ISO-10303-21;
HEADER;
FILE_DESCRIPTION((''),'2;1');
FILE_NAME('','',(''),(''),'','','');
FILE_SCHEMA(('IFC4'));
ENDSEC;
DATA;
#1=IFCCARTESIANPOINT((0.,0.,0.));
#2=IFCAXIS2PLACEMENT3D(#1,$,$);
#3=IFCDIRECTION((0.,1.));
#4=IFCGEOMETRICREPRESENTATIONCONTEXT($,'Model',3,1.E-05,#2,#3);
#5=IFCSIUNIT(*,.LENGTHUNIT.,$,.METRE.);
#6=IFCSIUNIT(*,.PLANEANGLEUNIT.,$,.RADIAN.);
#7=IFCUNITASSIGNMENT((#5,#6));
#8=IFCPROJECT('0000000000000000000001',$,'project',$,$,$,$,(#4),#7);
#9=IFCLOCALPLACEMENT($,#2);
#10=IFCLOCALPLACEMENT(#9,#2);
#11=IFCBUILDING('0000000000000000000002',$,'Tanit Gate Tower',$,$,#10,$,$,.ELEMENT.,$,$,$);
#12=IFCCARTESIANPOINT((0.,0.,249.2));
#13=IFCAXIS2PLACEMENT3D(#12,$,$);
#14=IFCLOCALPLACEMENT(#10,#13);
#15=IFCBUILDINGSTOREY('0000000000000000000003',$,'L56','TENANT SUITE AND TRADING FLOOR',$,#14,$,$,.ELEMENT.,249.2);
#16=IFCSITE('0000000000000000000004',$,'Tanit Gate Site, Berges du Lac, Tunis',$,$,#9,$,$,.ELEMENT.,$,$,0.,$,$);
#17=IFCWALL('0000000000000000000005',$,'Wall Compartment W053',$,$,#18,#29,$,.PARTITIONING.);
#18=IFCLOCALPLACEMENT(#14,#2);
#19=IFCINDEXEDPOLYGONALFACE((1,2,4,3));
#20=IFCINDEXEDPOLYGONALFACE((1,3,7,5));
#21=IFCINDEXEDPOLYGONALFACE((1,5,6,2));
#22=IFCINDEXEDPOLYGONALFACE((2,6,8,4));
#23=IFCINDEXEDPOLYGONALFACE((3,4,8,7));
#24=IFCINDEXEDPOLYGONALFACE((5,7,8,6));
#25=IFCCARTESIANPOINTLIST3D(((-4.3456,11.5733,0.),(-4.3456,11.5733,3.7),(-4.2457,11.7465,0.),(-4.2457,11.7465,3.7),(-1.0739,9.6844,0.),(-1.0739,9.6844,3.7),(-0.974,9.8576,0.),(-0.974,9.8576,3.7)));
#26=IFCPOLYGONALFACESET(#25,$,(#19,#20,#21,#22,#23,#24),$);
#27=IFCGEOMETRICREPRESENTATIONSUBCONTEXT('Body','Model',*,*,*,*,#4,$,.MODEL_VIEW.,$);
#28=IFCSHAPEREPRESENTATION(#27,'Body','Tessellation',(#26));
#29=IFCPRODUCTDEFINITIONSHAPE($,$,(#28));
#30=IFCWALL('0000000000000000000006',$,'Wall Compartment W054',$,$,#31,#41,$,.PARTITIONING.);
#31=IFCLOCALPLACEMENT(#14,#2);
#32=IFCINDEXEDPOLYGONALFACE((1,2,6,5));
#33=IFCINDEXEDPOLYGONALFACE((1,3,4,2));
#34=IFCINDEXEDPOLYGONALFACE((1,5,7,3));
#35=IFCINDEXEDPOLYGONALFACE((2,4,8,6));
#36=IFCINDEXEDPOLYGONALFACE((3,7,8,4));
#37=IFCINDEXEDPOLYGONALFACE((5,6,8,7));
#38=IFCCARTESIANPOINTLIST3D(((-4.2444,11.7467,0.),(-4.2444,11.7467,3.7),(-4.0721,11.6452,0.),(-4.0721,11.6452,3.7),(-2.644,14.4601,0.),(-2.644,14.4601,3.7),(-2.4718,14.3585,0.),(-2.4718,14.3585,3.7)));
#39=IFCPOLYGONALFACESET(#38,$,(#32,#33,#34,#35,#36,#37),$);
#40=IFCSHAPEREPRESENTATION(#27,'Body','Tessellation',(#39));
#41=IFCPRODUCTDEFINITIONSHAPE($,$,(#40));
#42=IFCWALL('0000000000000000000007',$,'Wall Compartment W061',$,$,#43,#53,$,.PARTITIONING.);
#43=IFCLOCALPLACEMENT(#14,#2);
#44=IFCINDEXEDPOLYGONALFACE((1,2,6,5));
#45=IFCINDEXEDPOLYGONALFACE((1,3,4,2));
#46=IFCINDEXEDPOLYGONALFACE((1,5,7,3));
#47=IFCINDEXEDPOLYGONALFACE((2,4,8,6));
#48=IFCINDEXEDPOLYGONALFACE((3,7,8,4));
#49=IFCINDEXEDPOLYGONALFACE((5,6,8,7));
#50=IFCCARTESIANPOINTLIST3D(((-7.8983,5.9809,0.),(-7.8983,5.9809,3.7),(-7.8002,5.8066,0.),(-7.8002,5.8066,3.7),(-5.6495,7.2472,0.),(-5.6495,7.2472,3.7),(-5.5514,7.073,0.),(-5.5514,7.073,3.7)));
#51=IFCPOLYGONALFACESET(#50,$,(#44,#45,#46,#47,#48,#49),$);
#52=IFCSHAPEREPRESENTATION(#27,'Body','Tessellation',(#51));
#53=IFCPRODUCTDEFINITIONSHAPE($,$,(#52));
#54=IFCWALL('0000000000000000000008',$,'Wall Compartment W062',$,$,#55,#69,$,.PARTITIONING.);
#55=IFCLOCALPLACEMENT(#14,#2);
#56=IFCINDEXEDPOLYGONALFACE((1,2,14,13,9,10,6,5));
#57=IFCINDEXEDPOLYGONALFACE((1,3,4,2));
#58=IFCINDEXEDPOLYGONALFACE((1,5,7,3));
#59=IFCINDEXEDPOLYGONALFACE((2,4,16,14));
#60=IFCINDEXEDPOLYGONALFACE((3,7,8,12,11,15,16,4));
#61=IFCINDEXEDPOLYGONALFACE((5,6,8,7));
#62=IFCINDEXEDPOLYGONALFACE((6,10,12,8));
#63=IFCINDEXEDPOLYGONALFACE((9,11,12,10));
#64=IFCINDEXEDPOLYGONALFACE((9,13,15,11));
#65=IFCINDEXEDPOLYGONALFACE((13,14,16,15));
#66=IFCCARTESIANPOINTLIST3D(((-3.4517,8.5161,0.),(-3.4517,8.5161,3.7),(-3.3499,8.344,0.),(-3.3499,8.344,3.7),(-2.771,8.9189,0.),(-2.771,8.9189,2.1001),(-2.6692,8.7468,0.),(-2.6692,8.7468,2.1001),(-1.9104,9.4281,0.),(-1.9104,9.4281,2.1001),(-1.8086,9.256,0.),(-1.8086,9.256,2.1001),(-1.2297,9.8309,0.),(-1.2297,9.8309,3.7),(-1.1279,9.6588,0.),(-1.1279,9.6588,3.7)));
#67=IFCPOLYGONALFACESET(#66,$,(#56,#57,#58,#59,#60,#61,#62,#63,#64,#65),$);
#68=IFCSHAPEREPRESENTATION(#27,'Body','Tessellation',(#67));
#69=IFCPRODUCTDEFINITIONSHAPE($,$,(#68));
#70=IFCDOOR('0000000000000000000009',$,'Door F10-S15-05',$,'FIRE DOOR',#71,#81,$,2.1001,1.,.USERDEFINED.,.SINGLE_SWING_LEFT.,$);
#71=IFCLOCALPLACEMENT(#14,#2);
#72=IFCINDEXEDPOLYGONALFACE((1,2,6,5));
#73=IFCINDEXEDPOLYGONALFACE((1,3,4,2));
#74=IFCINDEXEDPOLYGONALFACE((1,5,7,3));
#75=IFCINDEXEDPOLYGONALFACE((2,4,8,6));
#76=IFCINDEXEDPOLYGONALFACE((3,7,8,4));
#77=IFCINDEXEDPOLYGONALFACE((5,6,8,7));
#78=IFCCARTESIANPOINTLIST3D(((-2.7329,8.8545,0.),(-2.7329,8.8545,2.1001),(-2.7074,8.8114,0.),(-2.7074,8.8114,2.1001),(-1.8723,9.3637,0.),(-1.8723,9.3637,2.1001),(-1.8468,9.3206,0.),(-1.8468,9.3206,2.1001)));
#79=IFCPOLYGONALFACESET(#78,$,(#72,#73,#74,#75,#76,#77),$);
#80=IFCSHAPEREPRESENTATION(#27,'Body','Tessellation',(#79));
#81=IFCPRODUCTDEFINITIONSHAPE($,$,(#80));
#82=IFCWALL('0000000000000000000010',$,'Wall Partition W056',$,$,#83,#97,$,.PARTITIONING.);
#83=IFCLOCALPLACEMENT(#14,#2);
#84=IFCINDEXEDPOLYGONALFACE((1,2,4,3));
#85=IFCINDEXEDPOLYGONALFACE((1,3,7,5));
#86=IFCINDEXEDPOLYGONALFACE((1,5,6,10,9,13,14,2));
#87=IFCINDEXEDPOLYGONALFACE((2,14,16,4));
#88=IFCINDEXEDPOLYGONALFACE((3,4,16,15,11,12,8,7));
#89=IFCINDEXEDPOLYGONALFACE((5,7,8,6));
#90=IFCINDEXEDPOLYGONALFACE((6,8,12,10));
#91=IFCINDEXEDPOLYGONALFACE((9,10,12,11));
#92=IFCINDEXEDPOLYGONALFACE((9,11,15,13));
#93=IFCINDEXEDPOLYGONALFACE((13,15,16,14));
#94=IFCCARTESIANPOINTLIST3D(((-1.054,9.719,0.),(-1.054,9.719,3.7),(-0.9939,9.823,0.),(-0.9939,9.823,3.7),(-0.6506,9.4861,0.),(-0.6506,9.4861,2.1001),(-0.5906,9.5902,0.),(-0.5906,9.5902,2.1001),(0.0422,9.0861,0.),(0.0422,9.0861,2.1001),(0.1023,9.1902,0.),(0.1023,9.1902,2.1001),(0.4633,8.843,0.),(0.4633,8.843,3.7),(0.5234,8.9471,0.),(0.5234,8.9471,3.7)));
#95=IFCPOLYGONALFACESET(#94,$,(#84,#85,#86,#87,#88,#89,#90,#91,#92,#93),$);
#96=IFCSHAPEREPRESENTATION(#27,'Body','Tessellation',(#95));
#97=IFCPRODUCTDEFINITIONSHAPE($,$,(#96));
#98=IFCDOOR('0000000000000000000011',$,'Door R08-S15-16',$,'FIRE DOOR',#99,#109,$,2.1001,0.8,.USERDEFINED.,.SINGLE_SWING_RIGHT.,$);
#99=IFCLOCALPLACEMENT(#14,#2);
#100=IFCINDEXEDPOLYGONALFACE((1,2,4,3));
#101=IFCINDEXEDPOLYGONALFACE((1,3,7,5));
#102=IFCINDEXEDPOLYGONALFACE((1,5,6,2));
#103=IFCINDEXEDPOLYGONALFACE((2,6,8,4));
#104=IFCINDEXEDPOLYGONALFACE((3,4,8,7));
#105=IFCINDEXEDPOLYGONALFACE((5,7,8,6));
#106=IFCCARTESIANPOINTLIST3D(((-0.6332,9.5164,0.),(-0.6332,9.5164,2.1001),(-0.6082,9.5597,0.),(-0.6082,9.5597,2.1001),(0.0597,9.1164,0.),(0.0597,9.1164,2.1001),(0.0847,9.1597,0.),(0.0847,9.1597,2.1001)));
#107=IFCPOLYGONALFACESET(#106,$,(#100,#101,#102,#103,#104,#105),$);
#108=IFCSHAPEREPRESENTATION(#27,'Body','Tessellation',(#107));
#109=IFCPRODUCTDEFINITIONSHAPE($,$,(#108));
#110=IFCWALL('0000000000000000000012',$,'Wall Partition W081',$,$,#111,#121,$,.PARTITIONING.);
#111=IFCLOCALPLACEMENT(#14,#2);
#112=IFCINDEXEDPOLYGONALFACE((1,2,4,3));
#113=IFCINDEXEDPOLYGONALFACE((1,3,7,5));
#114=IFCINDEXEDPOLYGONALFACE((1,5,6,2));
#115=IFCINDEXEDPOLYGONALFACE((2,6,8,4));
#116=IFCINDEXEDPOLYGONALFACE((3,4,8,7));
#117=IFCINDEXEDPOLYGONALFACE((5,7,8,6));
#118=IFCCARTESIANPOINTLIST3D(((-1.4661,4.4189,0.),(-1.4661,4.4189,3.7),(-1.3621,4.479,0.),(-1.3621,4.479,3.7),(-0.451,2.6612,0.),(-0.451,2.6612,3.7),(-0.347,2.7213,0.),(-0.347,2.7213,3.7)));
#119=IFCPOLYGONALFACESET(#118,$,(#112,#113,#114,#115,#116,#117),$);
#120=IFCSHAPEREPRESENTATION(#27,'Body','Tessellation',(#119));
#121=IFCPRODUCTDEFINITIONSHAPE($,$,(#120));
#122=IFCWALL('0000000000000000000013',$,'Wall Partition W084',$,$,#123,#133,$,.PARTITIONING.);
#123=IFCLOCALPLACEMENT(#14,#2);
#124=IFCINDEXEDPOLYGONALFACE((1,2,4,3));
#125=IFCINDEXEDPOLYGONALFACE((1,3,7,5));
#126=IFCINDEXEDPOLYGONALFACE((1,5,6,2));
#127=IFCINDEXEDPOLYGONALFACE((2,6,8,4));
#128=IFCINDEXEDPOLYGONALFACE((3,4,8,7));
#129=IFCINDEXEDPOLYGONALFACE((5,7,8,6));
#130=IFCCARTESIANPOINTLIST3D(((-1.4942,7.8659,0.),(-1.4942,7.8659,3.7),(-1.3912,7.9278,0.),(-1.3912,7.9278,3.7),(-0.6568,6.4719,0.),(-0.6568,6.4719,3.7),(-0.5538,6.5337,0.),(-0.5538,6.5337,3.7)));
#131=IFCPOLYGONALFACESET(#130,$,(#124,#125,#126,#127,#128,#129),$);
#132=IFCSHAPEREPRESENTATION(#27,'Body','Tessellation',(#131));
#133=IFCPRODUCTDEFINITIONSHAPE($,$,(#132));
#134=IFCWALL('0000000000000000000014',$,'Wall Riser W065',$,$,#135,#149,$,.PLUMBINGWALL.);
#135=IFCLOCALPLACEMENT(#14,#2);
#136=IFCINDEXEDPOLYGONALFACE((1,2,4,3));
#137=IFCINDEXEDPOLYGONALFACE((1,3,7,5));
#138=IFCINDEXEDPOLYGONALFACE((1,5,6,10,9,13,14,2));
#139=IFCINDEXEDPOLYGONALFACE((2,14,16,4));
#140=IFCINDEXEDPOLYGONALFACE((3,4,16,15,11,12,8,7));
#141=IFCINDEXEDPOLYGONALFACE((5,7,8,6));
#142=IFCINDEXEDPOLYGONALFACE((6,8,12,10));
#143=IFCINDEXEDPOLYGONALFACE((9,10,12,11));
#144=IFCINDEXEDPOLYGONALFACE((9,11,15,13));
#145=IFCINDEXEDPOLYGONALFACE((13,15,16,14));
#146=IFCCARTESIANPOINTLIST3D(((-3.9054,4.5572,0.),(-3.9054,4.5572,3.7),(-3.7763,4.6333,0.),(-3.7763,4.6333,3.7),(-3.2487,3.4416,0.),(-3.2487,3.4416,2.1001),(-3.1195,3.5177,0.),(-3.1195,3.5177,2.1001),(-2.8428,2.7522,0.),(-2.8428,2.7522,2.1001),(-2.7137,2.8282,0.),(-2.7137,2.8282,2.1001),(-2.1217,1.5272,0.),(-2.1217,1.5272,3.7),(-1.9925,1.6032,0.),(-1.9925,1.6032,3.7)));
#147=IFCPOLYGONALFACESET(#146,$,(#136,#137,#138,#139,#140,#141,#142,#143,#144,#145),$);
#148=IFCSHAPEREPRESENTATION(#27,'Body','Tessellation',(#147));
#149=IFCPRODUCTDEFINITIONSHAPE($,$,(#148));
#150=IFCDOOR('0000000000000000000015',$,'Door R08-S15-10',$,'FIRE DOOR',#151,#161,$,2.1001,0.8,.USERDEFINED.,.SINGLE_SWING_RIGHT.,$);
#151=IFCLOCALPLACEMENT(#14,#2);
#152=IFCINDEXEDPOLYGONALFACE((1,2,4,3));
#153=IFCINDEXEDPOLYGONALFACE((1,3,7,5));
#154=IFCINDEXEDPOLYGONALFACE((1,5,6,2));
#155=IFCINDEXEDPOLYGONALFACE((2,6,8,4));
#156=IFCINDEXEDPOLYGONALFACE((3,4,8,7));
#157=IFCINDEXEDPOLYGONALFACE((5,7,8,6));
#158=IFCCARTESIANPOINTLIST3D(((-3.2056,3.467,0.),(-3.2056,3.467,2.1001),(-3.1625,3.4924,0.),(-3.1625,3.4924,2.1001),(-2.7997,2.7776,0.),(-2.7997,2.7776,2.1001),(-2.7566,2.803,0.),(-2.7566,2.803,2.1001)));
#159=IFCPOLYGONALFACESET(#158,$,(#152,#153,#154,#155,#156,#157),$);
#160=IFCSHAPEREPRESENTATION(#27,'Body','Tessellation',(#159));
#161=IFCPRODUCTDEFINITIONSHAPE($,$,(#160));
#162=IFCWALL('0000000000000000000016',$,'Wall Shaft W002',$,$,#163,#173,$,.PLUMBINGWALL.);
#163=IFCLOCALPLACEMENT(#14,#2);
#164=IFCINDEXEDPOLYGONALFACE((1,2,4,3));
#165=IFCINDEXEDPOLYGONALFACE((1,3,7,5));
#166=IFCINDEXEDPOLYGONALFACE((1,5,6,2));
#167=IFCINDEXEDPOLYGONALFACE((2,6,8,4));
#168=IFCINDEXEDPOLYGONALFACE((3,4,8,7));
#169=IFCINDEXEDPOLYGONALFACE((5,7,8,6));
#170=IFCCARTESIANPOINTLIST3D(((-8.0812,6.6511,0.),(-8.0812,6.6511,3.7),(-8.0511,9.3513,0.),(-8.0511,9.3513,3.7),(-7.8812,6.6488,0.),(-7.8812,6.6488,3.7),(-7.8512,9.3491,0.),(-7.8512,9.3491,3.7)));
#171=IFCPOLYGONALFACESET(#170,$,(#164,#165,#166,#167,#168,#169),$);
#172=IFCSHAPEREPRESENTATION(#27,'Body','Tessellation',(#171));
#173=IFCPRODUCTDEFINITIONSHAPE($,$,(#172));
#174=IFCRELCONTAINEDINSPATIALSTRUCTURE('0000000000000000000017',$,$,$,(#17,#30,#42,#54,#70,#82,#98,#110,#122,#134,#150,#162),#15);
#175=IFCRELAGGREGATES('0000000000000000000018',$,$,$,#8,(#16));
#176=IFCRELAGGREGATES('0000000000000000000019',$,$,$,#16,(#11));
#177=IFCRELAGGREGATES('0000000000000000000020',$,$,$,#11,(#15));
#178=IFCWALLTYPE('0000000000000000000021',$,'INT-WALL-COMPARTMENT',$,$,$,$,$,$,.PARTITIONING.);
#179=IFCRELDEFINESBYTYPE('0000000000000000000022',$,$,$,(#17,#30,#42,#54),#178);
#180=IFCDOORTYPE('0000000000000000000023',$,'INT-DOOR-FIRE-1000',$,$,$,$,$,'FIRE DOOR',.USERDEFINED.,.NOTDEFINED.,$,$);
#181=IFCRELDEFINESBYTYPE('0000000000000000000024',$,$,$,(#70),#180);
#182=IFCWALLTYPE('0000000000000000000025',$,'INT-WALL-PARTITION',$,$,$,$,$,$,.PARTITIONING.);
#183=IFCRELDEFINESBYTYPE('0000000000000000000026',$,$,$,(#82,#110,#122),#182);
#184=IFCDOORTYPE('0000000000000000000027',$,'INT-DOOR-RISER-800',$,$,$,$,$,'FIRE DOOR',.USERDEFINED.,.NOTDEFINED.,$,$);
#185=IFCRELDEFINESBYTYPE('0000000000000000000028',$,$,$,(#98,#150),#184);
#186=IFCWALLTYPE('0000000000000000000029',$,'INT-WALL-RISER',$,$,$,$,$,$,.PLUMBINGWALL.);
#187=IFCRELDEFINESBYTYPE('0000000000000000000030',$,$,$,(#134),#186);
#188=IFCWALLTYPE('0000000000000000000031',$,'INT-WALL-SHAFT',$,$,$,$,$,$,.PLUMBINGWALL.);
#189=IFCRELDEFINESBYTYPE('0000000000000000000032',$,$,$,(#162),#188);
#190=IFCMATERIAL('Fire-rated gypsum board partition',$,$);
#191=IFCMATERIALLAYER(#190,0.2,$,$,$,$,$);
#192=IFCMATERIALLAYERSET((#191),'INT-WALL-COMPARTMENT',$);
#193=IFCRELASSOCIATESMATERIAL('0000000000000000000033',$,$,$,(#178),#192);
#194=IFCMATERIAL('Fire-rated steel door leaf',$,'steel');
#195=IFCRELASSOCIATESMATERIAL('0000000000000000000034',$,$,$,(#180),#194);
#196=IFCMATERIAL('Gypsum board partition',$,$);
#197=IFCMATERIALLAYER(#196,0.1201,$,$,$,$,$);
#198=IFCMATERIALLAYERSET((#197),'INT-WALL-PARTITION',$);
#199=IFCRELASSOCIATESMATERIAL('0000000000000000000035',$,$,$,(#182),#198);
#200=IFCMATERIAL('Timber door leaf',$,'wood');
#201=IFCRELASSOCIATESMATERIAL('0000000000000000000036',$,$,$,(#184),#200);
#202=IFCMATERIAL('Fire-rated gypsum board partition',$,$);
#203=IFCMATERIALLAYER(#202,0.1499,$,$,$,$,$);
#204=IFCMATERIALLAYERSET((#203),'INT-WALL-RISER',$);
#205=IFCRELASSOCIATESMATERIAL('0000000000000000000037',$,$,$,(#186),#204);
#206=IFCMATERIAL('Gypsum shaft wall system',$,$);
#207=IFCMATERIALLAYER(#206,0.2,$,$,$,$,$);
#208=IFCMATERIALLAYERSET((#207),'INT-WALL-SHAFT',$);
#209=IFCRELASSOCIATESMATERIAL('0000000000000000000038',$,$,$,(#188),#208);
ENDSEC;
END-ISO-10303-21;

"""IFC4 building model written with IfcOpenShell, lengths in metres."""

from ifc_helpers import new_model, si_unit, direction, frame, frame_2d, origin, place, context, subcontext, project, spatial, rectangle, extrude, material, layer, layer_set, type_object, element, fill, save


model = new_model("IFC4")

# Units and contexts
model_context = context("Model", 3, precision=1e-05, world=origin(), true_north=direction((0.0, 1.0)))
body_context = subcontext(model_context, "Body", "Model", "MODEL_VIEW")
ifc_project = project(units=[si_unit("LENGTHUNIT", "METRE"), si_unit("PLANEANGLEUNIT", "RADIAN")], contexts=[model_context])

# Site, building, storey
site_placement = place(None, origin())
site = spatial("IfcSite", under=ifc_project, at=site_placement, Name="Tanit Gate Site, Berges du Lac, Tunis", CompositionType="ELEMENT", RefElevation=0.0)
building_placement = place(site_placement, origin())
building = spatial("IfcBuilding", under=site, at=building_placement, Name="Tanit Gate Tower", CompositionType="ELEMENT")
storey_placement = place(building_placement, frame((0.0, 0.0, 249.2)))
storey = spatial("IfcBuildingStorey", under=building, at=storey_placement, Name="L56", Description="TENANT SUITE AND TRADING FLOOR", CompositionType="ELEMENT", Elevation=249.2)

# Walls
ifc_material_1 = material(Name="Fire-rated gypsum board partition")
ifc_layer_1 = layer(ifc_material_1, 0.2)
ifc_layer_set_1 = layer_set([ifc_layer_1], Name="INT-WALL-COMPARTMENT")
wall_type_1 = type_object("IfcWallType", Name="INT-WALL-COMPARTMENT", PredefinedType="PARTITIONING", material=ifc_layer_set_1)
wall_1_placement = place(storey_placement, frame((-4.2957, 11.6599, 0.0), z_axis=(0.0, 0.0, 1.0), x_axis=(0.866027, -0.499997, 0.0)))
element("IfcWall", 1, at=wall_1_placement, inside=storey, type_object=wall_type_1, Name="Wall Compartment W053", PredefinedType="PARTITIONING", context=body_context, shape_type="SweptSolid", body=[
    extrude(rectangle(XDim=3.7778, YDim=0.2, at=frame_2d((1.8889, 0.0))), origin(), (0.0, 0.0, 1.0), 3.7),
])
wall_2_placement = place(storey_placement, frame((-2.5579, 14.4094, 0.0), z_axis=(0.0, 0.0, 1.0), x_axis=(-0.508019, -0.861346, 0.0)))
element("IfcWall", 2, at=wall_2_placement, inside=storey, type_object=wall_type_1, Name="Wall Compartment W054", PredefinedType="PARTITIONING", context=body_context, shape_type="SweptSolid", body=[
    extrude(rectangle(XDim=3.1501, YDim=0.2, at=frame_2d((1.5752, 0.0))), origin(), (0.0, 0.0, 1.0), 3.7),
])
wall_3_placement = place(storey_placement, frame((-5.6003, 7.1602, 0.0), z_axis=(0.0, 0.0, 1.0), x_axis=(-0.87134, -0.490679, 0.0)))
element("IfcWall", 3, at=wall_3_placement, inside=storey, type_object=wall_type_1, Name="Wall Compartment W061", PredefinedType="PARTITIONING", context=body_context, shape_type="SweptSolid", body=[
    extrude(rectangle(XDim=2.5808, YDim=0.2, at=frame_2d((1.2905, 0.0))), origin(), (0.0, 0.0, 1.0), 3.7),
])

# Walls, openings, doors
wall_4_placement = place(storey_placement, frame((-1.1787, 9.7449, 0.0), z_axis=(0.0, 0.0, 1.0), x_axis=(-0.860631, -0.509229, 0.0)))
wall_4 = element("IfcWall", 4, at=wall_4_placement, inside=storey, type_object=wall_type_1, Name="Wall Compartment W062", PredefinedType="PARTITIONING", context=body_context, shape_type="SweptSolid", body=[
    extrude(rectangle(XDim=2.5818, YDim=0.2, at=frame_2d((1.291, 0.0))), origin(), (0.0, 0.0, 1.0), 3.7),
])
opening_1_placement = place(wall_4_placement, frame((0.791, 0.0, 0.0)))
opening_1 = element("IfcOpeningElement", 5, at=opening_1_placement, cuts=wall_4, PredefinedType="OPENING", context=body_context, shape_type="SweptSolid", body=[
    extrude(rectangle(XDim=1.0, YDim=2.1001, at=frame_2d((0.5, 1.05))), frame((0.0, 0.1099, 0.0), z_axis=(0.0, -1.0, 0.0), x_axis=(1.0, 0.0, 0.0)), (0.0, 0.0, 1.0), 0.22),
])
ifc_material_2 = material(Name="Fire-rated steel door leaf", Category="steel")
door_type_1 = type_object("IfcDoorType", Name="INT-DOOR-FIRE-1000", ElementType="FIRE DOOR", OperationType="NOTDEFINED", PredefinedType="USERDEFINED", material=ifc_material_2)
door_1_placement = place(opening_1_placement, origin())
door_1 = element("IfcDoor", 6, at=door_1_placement, inside=storey, type_object=door_type_1, Name="Door F10-S15-05", ObjectType="FIRE DOOR", OperationType="SINGLE_SWING_LEFT", OverallHeight=2.1001, OverallWidth=1.0, PredefinedType="USERDEFINED", context=body_context, shape_type="SweptSolid", body=[
    extrude(rectangle(XDim=1.0, YDim=2.1001, at=frame_2d((0.5, 1.05))), frame((0.0, 0.0249, 0.0), z_axis=(0.0, -1.0, 0.0), x_axis=(1.0, 0.0, 0.0)), (0.0, 0.0, 1.0), 0.05),
])
fill(opening_1, door_1)
ifc_material_3 = material(Name="Gypsum board partition")
ifc_layer_2 = layer(ifc_material_3, 0.1201)
ifc_layer_set_2 = layer_set([ifc_layer_2], Name="INT-WALL-PARTITION")
wall_type_2 = type_object("IfcWallType", Name="INT-WALL-PARTITION", PredefinedType="PARTITIONING", material=ifc_layer_set_2)
wall_5_placement = place(storey_placement, frame((-1.0239, 9.771, 0.0), z_axis=(0.0, 0.0, 1.0), x_axis=(0.866039, -0.499976, 0.0)))
wall_5 = element("IfcWall", 7, at=wall_5_placement, inside=storey, type_object=wall_type_2, Name="Wall Partition W056", PredefinedType="PARTITIONING", context=body_context, shape_type="SweptSolid", body=[
    extrude(rectangle(XDim=1.752, YDim=0.1201, at=frame_2d((0.876, 0.0))), origin(), (0.0, 0.0, 1.0), 3.7),
])
opening_2_placement = place(wall_5_placement, frame((0.4658, 0.0, 0.0)))
opening_2 = element("IfcOpeningElement", 8, at=opening_2_placement, cuts=wall_5, PredefinedType="OPENING", context=body_context, shape_type="SweptSolid", body=[
    extrude(rectangle(XDim=0.8, YDim=2.1001, at=frame_2d((0.3999, 1.05))), frame((0.0, 0.0701, 0.0), z_axis=(0.0, -1.0, 0.0), x_axis=(1.0, 0.0, 0.0)), (0.0, 0.0, 1.0), 0.1401),
])
ifc_material_4 = material(Name="Timber door leaf", Category="wood")
door_type_2 = type_object("IfcDoorType", Name="INT-DOOR-RISER-800", ElementType="FIRE DOOR", OperationType="NOTDEFINED", PredefinedType="USERDEFINED", material=ifc_material_4)
door_2_placement = place(opening_2_placement, origin())
door_2 = element("IfcDoor", 9, at=door_2_placement, inside=storey, type_object=door_type_2, Name="Door R08-S15-16", ObjectType="FIRE DOOR", OperationType="SINGLE_SWING_RIGHT", OverallHeight=2.1001, OverallWidth=0.8, PredefinedType="USERDEFINED", context=body_context, shape_type="SweptSolid", body=[
    extrude(rectangle(XDim=0.8, YDim=2.1001, at=frame_2d((0.3999, 1.05))), frame((0.0, 0.0249, 0.0), z_axis=(0.0, -1.0, 0.0), x_axis=(1.0, 0.0, 0.0)), (0.0, 0.0, 1.0), 0.05),
])
fill(opening_2, door_2)

# Walls
wall_6_placement = place(storey_placement, frame((-1.4141, 4.449, 0.0), z_axis=(0.0, 0.0, 1.0), x_axis=(0.500097, -0.865969, 0.0)))
element("IfcWall", 10, at=wall_6_placement, inside=storey, type_object=wall_type_2, Name="Wall Partition W081", PredefinedType="PARTITIONING", context=body_context, shape_type="SweptSolid", body=[
    extrude(rectangle(XDim=2.0298, YDim=0.1201, at=frame_2d((1.0149, 0.0))), origin(), (0.0, 0.0, 1.0), 3.7),
])
wall_7_placement = place(storey_placement, frame((-1.4426, 7.8967, 0.0), z_axis=(0.0, 0.0, 1.0), x_axis=(0.514937, -0.857228, 0.0)))
element("IfcWall", 11, at=wall_7_placement, inside=storey, type_object=wall_type_2, Name="Wall Partition W084", PredefinedType="PARTITIONING", context=body_context, shape_type="SweptSolid", body=[
    extrude(rectangle(XDim=1.6262, YDim=0.1201, at=frame_2d((0.813, 0.0))), origin(), (0.0, 0.0, 1.0), 3.7),
])

# Wall, opening, door
ifc_material_5 = material(Name="Fire-rated gypsum board partition")
ifc_layer_3 = layer(ifc_material_5, 0.1499)
ifc_layer_set_3 = layer_set([ifc_layer_3], Name="INT-WALL-RISER")
wall_type_3 = type_object("IfcWallType", Name="INT-WALL-RISER", PredefinedType="PLUMBINGWALL", material=ifc_layer_set_3)
wall_8_placement = place(storey_placement, frame((-2.0571, 1.5652, 0.0), z_axis=(0.0, 0.0, 1.0), x_axis=(-0.507299, 0.86177, 0.0)))
wall_8 = element("IfcWall", 12, at=wall_8_placement, inside=storey, type_object=wall_type_3, Name="Wall Riser W065", PredefinedType="PLUMBINGWALL", context=body_context, shape_type="SweptSolid", body=[
    extrude(rectangle(XDim=3.5161, YDim=0.1499, at=frame_2d((1.7581, 0.0))), origin(), (0.0, 0.0, 1.0), 3.7),
])
opening_3_placement = place(wall_8_placement, frame((1.4216, 0.0, 0.0)))
opening_3 = element("IfcOpeningElement", 13, at=opening_3_placement, cuts=wall_8, PredefinedType="OPENING", context=body_context, shape_type="SweptSolid", body=[
    extrude(rectangle(XDim=0.8, YDim=2.1001, at=frame_2d((0.3999, 1.05))), frame((0.0, 0.085, 0.0), z_axis=(0.0, -1.0, 0.0), x_axis=(1.0, 0.0, 0.0)), (0.0, 0.0, 1.0), 0.1699),
])
door_3_placement = place(opening_3_placement, origin())
door_3 = element("IfcDoor", 14, at=door_3_placement, inside=storey, type_object=door_type_2, Name="Door R08-S15-10", ObjectType="FIRE DOOR", OperationType="SINGLE_SWING_RIGHT", OverallHeight=2.1001, OverallWidth=0.8, PredefinedType="USERDEFINED", context=body_context, shape_type="SweptSolid", body=[
    extrude(rectangle(XDim=0.8, YDim=2.1001, at=frame_2d((0.3999, 1.05))), frame((0.0, 0.0249, 0.0), z_axis=(0.0, -1.0, 0.0), x_axis=(1.0, 0.0, 0.0)), (0.0, 0.0, 1.0), 0.05),
])
fill(opening_3, door_3)

# Wall
ifc_material_6 = material(Name="Gypsum shaft wall system")
ifc_layer_4 = layer(ifc_material_6, 0.2)
ifc_layer_set_4 = layer_set([ifc_layer_4], Name="INT-WALL-SHAFT")
wall_type_4 = type_object("IfcWallType", Name="INT-WALL-SHAFT", PredefinedType="PLUMBINGWALL", material=ifc_layer_set_4)
wall_9_placement = place(storey_placement, frame((-7.9512, 9.3501, 0.0), z_axis=(0.0, 0.0, 1.0), x_axis=(-0.01112, -0.999938, 0.0)))
element("IfcWall", 15, at=wall_9_placement, inside=storey, type_object=wall_type_4, Name="Wall Shaft W002", PredefinedType="PLUMBINGWALL", context=body_context, shape_type="SweptSolid", body=[
    extrude(rectangle(XDim=2.7004, YDim=0.2, at=frame_2d((1.3501, 0.0))), origin(), (0.0, 0.0, 1.0), 3.7),
])

save(model, "model.ifc")
